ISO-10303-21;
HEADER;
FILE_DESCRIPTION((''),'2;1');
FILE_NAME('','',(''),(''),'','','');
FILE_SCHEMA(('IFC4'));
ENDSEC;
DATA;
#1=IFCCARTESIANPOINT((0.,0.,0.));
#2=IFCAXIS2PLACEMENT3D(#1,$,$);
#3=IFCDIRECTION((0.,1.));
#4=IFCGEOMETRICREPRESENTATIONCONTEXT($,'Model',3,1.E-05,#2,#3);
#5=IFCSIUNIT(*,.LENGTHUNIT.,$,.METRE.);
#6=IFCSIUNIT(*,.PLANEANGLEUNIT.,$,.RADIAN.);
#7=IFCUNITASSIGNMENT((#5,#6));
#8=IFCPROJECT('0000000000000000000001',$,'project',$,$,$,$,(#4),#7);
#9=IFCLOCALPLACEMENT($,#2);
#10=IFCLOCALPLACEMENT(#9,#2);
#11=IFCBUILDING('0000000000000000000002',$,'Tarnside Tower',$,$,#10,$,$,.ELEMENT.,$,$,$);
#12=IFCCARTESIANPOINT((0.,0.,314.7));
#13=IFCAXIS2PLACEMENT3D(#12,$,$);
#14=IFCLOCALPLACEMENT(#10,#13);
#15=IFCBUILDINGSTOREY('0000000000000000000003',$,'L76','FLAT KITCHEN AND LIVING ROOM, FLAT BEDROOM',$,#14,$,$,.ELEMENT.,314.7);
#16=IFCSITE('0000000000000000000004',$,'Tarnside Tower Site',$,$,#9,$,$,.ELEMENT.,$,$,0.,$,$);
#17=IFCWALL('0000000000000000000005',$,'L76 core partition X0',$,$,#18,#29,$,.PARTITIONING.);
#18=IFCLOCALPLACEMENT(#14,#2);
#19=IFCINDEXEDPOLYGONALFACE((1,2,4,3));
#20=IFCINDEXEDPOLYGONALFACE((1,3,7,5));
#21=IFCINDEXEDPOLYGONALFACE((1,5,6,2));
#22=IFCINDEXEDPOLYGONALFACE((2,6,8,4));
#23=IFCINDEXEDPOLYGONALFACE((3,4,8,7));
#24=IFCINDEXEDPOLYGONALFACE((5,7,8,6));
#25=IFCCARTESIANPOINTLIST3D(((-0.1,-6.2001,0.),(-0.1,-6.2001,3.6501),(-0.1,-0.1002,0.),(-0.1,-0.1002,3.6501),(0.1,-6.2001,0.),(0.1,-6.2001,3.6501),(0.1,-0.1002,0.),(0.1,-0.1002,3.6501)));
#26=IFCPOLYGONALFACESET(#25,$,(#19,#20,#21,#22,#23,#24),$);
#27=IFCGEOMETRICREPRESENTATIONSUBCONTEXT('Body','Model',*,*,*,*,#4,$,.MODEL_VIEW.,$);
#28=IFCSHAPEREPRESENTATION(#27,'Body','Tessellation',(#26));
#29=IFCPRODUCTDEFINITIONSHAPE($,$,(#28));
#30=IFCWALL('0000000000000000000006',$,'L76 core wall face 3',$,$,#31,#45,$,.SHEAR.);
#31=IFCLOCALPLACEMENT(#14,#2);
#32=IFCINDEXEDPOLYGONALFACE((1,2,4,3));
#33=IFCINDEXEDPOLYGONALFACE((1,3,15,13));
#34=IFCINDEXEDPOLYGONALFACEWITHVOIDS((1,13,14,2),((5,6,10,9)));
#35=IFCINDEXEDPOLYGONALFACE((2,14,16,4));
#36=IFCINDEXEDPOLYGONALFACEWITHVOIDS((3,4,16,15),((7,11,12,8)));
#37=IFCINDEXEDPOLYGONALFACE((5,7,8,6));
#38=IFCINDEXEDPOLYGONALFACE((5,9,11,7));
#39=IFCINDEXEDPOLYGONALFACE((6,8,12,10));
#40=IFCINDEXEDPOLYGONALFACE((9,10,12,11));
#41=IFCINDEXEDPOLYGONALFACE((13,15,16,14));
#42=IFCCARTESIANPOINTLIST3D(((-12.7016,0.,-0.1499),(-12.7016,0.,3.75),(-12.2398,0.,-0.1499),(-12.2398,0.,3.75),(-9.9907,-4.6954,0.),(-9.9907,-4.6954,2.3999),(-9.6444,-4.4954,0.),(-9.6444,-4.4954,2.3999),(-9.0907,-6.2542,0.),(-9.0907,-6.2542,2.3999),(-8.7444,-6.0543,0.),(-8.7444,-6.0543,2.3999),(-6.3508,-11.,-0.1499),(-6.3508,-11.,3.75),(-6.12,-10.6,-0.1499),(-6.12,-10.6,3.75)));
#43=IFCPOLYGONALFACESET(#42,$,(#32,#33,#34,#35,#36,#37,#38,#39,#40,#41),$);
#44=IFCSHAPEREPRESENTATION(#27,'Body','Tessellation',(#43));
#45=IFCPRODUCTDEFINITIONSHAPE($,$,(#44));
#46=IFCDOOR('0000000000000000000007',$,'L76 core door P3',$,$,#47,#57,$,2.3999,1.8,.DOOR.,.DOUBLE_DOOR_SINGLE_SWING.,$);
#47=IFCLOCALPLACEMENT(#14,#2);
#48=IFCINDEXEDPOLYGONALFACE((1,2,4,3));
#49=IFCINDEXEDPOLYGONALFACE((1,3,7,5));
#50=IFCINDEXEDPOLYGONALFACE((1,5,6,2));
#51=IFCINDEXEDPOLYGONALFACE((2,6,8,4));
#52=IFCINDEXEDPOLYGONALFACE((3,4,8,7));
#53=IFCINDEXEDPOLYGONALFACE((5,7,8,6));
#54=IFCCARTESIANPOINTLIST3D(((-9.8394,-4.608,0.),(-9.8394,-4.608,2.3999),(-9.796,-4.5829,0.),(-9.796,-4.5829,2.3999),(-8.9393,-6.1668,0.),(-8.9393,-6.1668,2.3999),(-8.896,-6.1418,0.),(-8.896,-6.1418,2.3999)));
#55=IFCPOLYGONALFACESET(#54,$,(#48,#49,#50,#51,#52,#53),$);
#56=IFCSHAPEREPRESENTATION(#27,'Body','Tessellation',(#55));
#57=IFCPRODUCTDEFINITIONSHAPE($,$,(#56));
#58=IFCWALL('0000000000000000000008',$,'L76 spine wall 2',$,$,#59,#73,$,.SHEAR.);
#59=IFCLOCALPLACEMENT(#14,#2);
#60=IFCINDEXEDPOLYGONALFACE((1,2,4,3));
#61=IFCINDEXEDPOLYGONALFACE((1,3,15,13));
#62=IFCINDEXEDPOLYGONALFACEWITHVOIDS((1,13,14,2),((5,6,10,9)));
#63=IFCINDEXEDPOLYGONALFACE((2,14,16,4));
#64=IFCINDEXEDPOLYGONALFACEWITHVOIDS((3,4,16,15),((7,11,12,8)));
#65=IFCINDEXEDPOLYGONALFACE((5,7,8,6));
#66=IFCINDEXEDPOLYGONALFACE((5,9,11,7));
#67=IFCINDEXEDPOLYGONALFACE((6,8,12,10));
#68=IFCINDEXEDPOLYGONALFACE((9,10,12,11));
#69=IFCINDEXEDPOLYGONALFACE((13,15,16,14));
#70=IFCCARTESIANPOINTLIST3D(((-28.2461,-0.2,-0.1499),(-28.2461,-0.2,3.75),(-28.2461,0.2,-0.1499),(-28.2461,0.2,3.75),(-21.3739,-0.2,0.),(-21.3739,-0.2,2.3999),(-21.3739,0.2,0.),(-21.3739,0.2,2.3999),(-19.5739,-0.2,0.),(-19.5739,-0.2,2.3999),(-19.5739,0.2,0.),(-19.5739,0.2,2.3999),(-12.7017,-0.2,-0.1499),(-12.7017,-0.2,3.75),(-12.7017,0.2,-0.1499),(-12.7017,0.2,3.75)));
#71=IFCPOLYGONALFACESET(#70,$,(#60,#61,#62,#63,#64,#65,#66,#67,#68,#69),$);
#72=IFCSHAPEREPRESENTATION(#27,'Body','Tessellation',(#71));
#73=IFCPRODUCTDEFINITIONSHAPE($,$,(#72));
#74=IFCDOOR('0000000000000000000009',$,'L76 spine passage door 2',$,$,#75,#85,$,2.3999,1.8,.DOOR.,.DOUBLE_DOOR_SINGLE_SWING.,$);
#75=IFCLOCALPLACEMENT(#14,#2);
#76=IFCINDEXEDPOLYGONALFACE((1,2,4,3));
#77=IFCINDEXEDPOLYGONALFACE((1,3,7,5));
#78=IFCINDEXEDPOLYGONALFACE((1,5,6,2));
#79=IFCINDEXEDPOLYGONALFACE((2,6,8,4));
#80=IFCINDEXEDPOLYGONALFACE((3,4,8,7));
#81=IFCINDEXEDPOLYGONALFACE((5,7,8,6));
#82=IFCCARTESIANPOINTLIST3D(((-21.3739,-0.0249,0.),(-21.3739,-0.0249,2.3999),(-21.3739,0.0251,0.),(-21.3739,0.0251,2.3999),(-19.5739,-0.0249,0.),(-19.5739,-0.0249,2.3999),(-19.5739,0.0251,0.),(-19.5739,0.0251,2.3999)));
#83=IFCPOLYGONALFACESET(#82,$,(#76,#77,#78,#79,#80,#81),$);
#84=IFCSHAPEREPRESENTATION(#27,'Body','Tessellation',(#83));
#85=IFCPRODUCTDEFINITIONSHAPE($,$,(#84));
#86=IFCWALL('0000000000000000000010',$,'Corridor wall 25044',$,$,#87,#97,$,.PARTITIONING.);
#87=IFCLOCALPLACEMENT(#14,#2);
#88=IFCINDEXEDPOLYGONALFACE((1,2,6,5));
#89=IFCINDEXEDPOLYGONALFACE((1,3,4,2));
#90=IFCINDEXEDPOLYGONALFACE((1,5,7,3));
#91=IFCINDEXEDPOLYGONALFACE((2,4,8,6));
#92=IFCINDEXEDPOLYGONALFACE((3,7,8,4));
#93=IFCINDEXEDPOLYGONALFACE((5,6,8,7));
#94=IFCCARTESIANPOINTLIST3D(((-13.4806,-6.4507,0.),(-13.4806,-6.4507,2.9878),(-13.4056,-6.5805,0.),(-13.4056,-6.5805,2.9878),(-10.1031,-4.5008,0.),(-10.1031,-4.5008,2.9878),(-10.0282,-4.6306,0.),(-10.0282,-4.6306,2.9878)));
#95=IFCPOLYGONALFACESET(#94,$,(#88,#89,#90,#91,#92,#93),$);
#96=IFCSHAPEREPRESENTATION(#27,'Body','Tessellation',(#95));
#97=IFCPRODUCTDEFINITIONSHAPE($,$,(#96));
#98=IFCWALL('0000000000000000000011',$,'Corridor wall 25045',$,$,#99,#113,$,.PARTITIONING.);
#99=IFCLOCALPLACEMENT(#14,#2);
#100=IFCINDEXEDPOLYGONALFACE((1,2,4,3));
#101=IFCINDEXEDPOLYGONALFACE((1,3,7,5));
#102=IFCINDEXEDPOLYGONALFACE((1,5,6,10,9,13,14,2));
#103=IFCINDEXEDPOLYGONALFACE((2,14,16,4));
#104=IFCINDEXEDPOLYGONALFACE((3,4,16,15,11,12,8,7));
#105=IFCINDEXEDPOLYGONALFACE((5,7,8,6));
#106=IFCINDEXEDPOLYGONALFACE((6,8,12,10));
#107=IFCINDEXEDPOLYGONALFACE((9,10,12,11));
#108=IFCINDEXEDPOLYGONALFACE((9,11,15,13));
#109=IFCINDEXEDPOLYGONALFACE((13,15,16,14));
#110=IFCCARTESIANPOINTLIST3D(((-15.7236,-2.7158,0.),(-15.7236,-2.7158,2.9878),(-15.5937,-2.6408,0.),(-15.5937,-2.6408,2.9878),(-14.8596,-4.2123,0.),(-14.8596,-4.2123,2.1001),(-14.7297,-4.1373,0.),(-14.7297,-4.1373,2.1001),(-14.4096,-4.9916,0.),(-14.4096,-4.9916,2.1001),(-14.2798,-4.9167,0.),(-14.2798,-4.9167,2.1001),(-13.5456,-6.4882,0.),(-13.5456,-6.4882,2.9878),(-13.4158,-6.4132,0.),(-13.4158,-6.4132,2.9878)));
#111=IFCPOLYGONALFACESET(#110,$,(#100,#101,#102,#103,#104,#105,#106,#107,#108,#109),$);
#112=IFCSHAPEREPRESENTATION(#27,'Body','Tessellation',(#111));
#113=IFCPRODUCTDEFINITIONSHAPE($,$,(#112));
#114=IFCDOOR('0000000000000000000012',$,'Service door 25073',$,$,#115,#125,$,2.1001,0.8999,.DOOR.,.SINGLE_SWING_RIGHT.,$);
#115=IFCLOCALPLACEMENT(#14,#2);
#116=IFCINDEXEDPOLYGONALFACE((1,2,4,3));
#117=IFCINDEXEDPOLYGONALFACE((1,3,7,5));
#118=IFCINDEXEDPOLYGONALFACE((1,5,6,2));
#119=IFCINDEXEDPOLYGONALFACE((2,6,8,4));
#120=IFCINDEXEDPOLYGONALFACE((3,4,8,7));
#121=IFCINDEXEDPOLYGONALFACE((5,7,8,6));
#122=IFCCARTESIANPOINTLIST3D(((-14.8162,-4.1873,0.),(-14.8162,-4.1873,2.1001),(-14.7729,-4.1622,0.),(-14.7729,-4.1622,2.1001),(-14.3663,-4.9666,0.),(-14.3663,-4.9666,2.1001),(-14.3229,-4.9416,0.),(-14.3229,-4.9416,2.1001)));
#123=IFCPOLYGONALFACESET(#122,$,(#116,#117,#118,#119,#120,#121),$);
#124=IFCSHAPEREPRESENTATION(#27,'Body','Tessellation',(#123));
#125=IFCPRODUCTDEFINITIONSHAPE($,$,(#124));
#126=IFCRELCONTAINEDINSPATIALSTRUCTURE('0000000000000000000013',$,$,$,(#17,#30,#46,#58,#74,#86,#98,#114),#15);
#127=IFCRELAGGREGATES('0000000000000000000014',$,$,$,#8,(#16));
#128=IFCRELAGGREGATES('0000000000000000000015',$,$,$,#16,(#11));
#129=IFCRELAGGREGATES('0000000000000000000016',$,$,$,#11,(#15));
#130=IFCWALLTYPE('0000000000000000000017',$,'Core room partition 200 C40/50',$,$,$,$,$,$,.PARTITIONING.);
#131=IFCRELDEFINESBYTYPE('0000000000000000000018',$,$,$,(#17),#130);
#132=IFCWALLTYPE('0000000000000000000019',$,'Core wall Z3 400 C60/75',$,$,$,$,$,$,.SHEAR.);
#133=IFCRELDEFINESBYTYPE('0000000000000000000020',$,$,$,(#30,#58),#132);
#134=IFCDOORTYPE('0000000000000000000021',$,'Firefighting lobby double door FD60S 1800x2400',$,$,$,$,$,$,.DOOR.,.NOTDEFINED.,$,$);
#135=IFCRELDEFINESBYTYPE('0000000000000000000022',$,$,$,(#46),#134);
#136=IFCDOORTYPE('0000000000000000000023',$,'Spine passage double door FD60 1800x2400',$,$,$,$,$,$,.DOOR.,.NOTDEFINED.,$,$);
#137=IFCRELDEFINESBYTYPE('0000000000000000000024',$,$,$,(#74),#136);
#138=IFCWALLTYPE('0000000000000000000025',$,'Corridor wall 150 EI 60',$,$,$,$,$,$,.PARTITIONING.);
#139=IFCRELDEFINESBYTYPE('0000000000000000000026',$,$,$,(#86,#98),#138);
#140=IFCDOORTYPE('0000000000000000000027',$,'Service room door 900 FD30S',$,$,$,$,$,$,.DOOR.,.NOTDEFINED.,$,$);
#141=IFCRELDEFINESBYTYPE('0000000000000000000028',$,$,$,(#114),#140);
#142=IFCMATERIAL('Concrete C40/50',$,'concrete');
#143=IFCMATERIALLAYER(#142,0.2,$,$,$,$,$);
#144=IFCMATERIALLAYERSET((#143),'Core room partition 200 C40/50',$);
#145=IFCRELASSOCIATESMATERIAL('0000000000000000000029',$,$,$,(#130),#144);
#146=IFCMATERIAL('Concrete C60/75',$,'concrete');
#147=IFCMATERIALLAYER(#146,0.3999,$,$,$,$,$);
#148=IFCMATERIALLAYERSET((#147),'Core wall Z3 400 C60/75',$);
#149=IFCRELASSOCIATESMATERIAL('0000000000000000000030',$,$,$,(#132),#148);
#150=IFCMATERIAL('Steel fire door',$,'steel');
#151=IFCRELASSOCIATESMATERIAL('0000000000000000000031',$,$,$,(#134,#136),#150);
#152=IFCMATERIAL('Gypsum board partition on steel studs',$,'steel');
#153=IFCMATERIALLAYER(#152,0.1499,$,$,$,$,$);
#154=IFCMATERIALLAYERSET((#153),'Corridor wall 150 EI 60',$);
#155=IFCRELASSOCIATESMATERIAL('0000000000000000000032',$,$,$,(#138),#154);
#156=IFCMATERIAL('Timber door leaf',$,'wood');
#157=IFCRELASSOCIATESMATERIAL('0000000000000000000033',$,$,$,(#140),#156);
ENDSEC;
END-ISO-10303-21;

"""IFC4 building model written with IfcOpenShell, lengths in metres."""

from ifc_helpers import new_model, si_unit, direction, frame, frame_2d, origin, place, context, subcontext, project, spatial, polyline, rectangle, outline, extrude, material, layer, layer_set, type_object, element, fill, save


model = new_model("IFC4")

# Units and contexts
model_context = context("Model", 3, precision=1e-05, world=origin(), true_north=direction((0.0, 1.0)))
body_context = subcontext(model_context, "Body", "Model", "MODEL_VIEW")
ifc_project = project(units=[si_unit("LENGTHUNIT", "METRE"), si_unit("PLANEANGLEUNIT", "RADIAN")], contexts=[model_context])

# Site, building, storey
site_placement = place(None, origin())
site = spatial("IfcSite", under=ifc_project, at=site_placement, Name="Tarnside Tower Site", CompositionType="ELEMENT", RefElevation=0.0)
building_placement = place(site_placement, origin())
building = spatial("IfcBuilding", under=site, at=building_placement, Name="Tarnside Tower", CompositionType="ELEMENT")
storey_placement = place(building_placement, frame((0.0, 0.0, 314.7)))
storey = spatial("IfcBuildingStorey", under=building, at=storey_placement, Name="L76", Description="FLAT KITCHEN AND LIVING ROOM, FLAT BEDROOM", CompositionType="ELEMENT", Elevation=314.7)

# Wall
ifc_material_1 = material(Name="Concrete C40/50", Category="concrete")
ifc_layer_1 = layer(ifc_material_1, 0.2)
ifc_layer_set_1 = layer_set([ifc_layer_1], Name="Core room partition 200 C40/50")
wall_type_1 = type_object("IfcWallType", Name="Core room partition 200 C40/50", PredefinedType="PARTITIONING", material=ifc_layer_set_1)
wall_1_placement = place(storey_placement, frame((0.0, -6.2, 0.0), z_axis=(0.0, 0.0, 1.0), x_axis=(0.0, 1.0, 0.0)))
element("IfcWall", 1, at=wall_1_placement, inside=storey, type_object=wall_type_1, Name="L76 core partition X0", PredefinedType="PARTITIONING", context=body_context, shape_type="SweptSolid", body=[
    extrude(rectangle(XDim=6.0999, YDim=0.2, at=frame_2d((3.0498, 0.0))), origin(), (0.0, 0.0, 1.0), 3.6501),
])

# Walls, openings, doors
ifc_material_2 = material(Name="Concrete C60/75", Category="concrete")
ifc_layer_2 = layer(ifc_material_2, 0.3999)
ifc_layer_set_2 = layer_set([ifc_layer_2], Name="Core wall Z3 400 C60/75")
wall_type_2 = type_object("IfcWallType", Name="Core wall Z3 400 C60/75", PredefinedType="SHEAR", material=ifc_layer_set_2)
wall_2_placement = place(storey_placement, frame((-12.4707, 0.0, -0.1499), z_axis=(0.0, 0.0, 1.0), x_axis=(0.499996, -0.866027, 0.0)))
wall_2 = element("IfcWall", 2, at=wall_2_placement, inside=storey, type_object=wall_type_2, Name="L76 core wall face 3", PredefinedType="SHEAR", context=body_context, shape_type="SweptSolid", body=[
    extrude(outline(polyline([(-0.1155, -0.2), (12.5862, -0.2), (12.3552, 0.2), (0.1155, 0.2), (-0.1155, -0.2)])), origin(), (0.0, 0.0, 1.0), 3.8999),
])
opening_1_placement = place(wall_2_placement, frame((5.3064, 0.0, 0.1499)))
opening_1 = element("IfcOpeningElement", 3, at=opening_1_placement, cuts=wall_2, PredefinedType="OPENING", context=body_context, shape_type="SweptSolid", body=[
    extrude(rectangle(XDim=1.8, YDim=2.3999, at=frame_2d((0.8999, 1.2))), frame((0.0, 0.21, 0.0), z_axis=(0.0, -1.0, 0.0), x_axis=(1.0, 0.0, 0.0)), (0.0, 0.0, 1.0), 0.4199),
])
ifc_material_3 = material(Name="Steel fire door", Category="steel")
door_type_1 = type_object("IfcDoorType", Name="Firefighting lobby double door FD60S 1800x2400", OperationType="NOTDEFINED", PredefinedType="DOOR", material=ifc_material_3)
door_1_placement = place(opening_1_placement, origin())
door_1 = element("IfcDoor", 4, at=door_1_placement, inside=storey, type_object=door_type_1, Name="L76 core door P3", OperationType="DOUBLE_DOOR_SINGLE_SWING", OverallHeight=2.3999, OverallWidth=1.8, PredefinedType="DOOR", context=body_context, shape_type="SweptSolid", body=[
    extrude(rectangle(XDim=1.8, YDim=2.3999, at=frame_2d((0.8999, 1.2))), frame((0.0, 0.0249, 0.0), z_axis=(0.0, -1.0, 0.0), x_axis=(1.0, 0.0, 0.0)), (0.0, 0.0, 1.0), 0.05),
])
fill(opening_1, door_1)
wall_3_placement = place(storey_placement, frame((-12.7017, 0.0, -0.1499), z_axis=(0.0, 0.0, 1.0), x_axis=(-1.0, 0.0, 0.0)))
wall_3 = element("IfcWall", 5, at=wall_3_placement, inside=storey, type_object=wall_type_2, Name="L76 spine wall 2", PredefinedType="SHEAR", context=body_context, shape_type="SweptSolid", body=[
    extrude(rectangle(XDim=15.5444, YDim=0.3999, at=frame_2d((7.7722, 0.0))), origin(), (0.0, 0.0, 1.0), 3.8999),
])
opening_2_placement = place(wall_3_placement, frame((6.8723, 0.0, 0.1499)))
opening_2 = element("IfcOpeningElement", 6, at=opening_2_placement, cuts=wall_3, PredefinedType="OPENING", context=body_context, shape_type="SweptSolid", body=[
    extrude(rectangle(XDim=1.8, YDim=2.3999, at=frame_2d((0.8999, 1.2))), frame((0.0, 0.21, 0.0), z_axis=(0.0, -1.0, 0.0), x_axis=(1.0, 0.0, 0.0)), (0.0, 0.0, 1.0), 0.4199),
])
door_type_2 = type_object("IfcDoorType", Name="Spine passage double door FD60 1800x2400", OperationType="NOTDEFINED", PredefinedType="DOOR", material=ifc_material_3)
door_2_placement = place(opening_2_placement, origin())
door_2 = element("IfcDoor", 7, at=door_2_placement, inside=storey, type_object=door_type_2, Name="L76 spine passage door 2", OperationType="DOUBLE_DOOR_SINGLE_SWING", OverallHeight=2.3999, OverallWidth=1.8, PredefinedType="DOOR", context=body_context, shape_type="SweptSolid", body=[
    extrude(rectangle(XDim=1.8, YDim=2.3999, at=frame_2d((0.8999, 1.2))), frame((0.0, 0.0249, 0.0), z_axis=(0.0, -1.0, 0.0), x_axis=(1.0, 0.0, 0.0)), (0.0, 0.0, 1.0), 0.05),
])
fill(opening_2, door_2)

# Wall
ifc_material_4 = material(Name="Gypsum board partition on steel studs", Category="steel")
ifc_layer_3 = layer(ifc_material_4, 0.1499)
ifc_layer_set_3 = layer_set([ifc_layer_3], Name="Corridor wall 150 EI 60")
wall_type_3 = type_object("IfcWallType", Name="Corridor wall 150 EI 60", PredefinedType="PARTITIONING", material=ifc_layer_set_3)
wall_4_placement = place(storey_placement, frame((-10.0657, -4.5657, 0.0), z_axis=(0.0, 0.0, 1.0), x_axis=(-0.866027, -0.499997, 0.0)))
element("IfcWall", 8, at=wall_4_placement, inside=storey, type_object=wall_type_3, Name="Corridor wall 25044", PredefinedType="PARTITIONING", context=body_context, shape_type="SweptSolid", body=[
    extrude(rectangle(XDim=3.8999, YDim=0.1499, at=frame_2d((1.95, 0.0))), origin(), (0.0, 0.0, 1.0), 2.9878),
])

# Wall, opening, door
wall_5_placement = place(storey_placement, frame((-13.4807, -6.4507, 0.0), z_axis=(0.0, 0.0, 1.0), x_axis=(-0.499991, 0.866031, 0.0)))
wall_5 = element("IfcWall", 9, at=wall_5_placement, inside=storey, type_object=wall_type_3, Name="Corridor wall 25045", PredefinedType="PARTITIONING", context=body_context, shape_type="SweptSolid", body=[
    extrude(rectangle(XDim=4.356, YDim=0.1499, at=frame_2d((2.178, 0.0))), origin(), (0.0, 0.0, 1.0), 2.9878),
])
opening_3_placement = place(wall_5_placement, frame((1.728, 0.0, 0.0)))
opening_3 = element("IfcOpeningElement", 10, at=opening_3_placement, cuts=wall_5, PredefinedType="OPENING", context=body_context, shape_type="SweptSolid", body=[
    extrude(rectangle(XDim=0.8999, YDim=2.1001, at=frame_2d((0.45, 1.05))), frame((0.0, 0.085, 0.0), z_axis=(0.0, -1.0, 0.0), x_axis=(1.0, 0.0, 0.0)), (0.0, 0.0, 1.0), 0.1699),
])
ifc_material_5 = material(Name="Timber door leaf", Category="wood")
door_type_3 = type_object("IfcDoorType", Name="Service room door 900 FD30S", OperationType="NOTDEFINED", PredefinedType="DOOR", material=ifc_material_5)
door_3_placement = place(opening_3_placement, origin())
door_3 = element("IfcDoor", 11, at=door_3_placement, inside=storey, type_object=door_type_3, Name="Service door 25073", OperationType="SINGLE_SWING_RIGHT", OverallHeight=2.1001, OverallWidth=0.8999, PredefinedType="DOOR", context=body_context, shape_type="SweptSolid", body=[
    extrude(rectangle(XDim=0.8999, YDim=2.1001, at=frame_2d((0.45, 1.05))), frame((0.0, 0.0249, 0.0), z_axis=(0.0, -1.0, 0.0), x_axis=(1.0, 0.0, 0.0)), (0.0, 0.0, 1.0), 0.05),
])
fill(opening_3, door_3)

save(model, "model.ifc")
